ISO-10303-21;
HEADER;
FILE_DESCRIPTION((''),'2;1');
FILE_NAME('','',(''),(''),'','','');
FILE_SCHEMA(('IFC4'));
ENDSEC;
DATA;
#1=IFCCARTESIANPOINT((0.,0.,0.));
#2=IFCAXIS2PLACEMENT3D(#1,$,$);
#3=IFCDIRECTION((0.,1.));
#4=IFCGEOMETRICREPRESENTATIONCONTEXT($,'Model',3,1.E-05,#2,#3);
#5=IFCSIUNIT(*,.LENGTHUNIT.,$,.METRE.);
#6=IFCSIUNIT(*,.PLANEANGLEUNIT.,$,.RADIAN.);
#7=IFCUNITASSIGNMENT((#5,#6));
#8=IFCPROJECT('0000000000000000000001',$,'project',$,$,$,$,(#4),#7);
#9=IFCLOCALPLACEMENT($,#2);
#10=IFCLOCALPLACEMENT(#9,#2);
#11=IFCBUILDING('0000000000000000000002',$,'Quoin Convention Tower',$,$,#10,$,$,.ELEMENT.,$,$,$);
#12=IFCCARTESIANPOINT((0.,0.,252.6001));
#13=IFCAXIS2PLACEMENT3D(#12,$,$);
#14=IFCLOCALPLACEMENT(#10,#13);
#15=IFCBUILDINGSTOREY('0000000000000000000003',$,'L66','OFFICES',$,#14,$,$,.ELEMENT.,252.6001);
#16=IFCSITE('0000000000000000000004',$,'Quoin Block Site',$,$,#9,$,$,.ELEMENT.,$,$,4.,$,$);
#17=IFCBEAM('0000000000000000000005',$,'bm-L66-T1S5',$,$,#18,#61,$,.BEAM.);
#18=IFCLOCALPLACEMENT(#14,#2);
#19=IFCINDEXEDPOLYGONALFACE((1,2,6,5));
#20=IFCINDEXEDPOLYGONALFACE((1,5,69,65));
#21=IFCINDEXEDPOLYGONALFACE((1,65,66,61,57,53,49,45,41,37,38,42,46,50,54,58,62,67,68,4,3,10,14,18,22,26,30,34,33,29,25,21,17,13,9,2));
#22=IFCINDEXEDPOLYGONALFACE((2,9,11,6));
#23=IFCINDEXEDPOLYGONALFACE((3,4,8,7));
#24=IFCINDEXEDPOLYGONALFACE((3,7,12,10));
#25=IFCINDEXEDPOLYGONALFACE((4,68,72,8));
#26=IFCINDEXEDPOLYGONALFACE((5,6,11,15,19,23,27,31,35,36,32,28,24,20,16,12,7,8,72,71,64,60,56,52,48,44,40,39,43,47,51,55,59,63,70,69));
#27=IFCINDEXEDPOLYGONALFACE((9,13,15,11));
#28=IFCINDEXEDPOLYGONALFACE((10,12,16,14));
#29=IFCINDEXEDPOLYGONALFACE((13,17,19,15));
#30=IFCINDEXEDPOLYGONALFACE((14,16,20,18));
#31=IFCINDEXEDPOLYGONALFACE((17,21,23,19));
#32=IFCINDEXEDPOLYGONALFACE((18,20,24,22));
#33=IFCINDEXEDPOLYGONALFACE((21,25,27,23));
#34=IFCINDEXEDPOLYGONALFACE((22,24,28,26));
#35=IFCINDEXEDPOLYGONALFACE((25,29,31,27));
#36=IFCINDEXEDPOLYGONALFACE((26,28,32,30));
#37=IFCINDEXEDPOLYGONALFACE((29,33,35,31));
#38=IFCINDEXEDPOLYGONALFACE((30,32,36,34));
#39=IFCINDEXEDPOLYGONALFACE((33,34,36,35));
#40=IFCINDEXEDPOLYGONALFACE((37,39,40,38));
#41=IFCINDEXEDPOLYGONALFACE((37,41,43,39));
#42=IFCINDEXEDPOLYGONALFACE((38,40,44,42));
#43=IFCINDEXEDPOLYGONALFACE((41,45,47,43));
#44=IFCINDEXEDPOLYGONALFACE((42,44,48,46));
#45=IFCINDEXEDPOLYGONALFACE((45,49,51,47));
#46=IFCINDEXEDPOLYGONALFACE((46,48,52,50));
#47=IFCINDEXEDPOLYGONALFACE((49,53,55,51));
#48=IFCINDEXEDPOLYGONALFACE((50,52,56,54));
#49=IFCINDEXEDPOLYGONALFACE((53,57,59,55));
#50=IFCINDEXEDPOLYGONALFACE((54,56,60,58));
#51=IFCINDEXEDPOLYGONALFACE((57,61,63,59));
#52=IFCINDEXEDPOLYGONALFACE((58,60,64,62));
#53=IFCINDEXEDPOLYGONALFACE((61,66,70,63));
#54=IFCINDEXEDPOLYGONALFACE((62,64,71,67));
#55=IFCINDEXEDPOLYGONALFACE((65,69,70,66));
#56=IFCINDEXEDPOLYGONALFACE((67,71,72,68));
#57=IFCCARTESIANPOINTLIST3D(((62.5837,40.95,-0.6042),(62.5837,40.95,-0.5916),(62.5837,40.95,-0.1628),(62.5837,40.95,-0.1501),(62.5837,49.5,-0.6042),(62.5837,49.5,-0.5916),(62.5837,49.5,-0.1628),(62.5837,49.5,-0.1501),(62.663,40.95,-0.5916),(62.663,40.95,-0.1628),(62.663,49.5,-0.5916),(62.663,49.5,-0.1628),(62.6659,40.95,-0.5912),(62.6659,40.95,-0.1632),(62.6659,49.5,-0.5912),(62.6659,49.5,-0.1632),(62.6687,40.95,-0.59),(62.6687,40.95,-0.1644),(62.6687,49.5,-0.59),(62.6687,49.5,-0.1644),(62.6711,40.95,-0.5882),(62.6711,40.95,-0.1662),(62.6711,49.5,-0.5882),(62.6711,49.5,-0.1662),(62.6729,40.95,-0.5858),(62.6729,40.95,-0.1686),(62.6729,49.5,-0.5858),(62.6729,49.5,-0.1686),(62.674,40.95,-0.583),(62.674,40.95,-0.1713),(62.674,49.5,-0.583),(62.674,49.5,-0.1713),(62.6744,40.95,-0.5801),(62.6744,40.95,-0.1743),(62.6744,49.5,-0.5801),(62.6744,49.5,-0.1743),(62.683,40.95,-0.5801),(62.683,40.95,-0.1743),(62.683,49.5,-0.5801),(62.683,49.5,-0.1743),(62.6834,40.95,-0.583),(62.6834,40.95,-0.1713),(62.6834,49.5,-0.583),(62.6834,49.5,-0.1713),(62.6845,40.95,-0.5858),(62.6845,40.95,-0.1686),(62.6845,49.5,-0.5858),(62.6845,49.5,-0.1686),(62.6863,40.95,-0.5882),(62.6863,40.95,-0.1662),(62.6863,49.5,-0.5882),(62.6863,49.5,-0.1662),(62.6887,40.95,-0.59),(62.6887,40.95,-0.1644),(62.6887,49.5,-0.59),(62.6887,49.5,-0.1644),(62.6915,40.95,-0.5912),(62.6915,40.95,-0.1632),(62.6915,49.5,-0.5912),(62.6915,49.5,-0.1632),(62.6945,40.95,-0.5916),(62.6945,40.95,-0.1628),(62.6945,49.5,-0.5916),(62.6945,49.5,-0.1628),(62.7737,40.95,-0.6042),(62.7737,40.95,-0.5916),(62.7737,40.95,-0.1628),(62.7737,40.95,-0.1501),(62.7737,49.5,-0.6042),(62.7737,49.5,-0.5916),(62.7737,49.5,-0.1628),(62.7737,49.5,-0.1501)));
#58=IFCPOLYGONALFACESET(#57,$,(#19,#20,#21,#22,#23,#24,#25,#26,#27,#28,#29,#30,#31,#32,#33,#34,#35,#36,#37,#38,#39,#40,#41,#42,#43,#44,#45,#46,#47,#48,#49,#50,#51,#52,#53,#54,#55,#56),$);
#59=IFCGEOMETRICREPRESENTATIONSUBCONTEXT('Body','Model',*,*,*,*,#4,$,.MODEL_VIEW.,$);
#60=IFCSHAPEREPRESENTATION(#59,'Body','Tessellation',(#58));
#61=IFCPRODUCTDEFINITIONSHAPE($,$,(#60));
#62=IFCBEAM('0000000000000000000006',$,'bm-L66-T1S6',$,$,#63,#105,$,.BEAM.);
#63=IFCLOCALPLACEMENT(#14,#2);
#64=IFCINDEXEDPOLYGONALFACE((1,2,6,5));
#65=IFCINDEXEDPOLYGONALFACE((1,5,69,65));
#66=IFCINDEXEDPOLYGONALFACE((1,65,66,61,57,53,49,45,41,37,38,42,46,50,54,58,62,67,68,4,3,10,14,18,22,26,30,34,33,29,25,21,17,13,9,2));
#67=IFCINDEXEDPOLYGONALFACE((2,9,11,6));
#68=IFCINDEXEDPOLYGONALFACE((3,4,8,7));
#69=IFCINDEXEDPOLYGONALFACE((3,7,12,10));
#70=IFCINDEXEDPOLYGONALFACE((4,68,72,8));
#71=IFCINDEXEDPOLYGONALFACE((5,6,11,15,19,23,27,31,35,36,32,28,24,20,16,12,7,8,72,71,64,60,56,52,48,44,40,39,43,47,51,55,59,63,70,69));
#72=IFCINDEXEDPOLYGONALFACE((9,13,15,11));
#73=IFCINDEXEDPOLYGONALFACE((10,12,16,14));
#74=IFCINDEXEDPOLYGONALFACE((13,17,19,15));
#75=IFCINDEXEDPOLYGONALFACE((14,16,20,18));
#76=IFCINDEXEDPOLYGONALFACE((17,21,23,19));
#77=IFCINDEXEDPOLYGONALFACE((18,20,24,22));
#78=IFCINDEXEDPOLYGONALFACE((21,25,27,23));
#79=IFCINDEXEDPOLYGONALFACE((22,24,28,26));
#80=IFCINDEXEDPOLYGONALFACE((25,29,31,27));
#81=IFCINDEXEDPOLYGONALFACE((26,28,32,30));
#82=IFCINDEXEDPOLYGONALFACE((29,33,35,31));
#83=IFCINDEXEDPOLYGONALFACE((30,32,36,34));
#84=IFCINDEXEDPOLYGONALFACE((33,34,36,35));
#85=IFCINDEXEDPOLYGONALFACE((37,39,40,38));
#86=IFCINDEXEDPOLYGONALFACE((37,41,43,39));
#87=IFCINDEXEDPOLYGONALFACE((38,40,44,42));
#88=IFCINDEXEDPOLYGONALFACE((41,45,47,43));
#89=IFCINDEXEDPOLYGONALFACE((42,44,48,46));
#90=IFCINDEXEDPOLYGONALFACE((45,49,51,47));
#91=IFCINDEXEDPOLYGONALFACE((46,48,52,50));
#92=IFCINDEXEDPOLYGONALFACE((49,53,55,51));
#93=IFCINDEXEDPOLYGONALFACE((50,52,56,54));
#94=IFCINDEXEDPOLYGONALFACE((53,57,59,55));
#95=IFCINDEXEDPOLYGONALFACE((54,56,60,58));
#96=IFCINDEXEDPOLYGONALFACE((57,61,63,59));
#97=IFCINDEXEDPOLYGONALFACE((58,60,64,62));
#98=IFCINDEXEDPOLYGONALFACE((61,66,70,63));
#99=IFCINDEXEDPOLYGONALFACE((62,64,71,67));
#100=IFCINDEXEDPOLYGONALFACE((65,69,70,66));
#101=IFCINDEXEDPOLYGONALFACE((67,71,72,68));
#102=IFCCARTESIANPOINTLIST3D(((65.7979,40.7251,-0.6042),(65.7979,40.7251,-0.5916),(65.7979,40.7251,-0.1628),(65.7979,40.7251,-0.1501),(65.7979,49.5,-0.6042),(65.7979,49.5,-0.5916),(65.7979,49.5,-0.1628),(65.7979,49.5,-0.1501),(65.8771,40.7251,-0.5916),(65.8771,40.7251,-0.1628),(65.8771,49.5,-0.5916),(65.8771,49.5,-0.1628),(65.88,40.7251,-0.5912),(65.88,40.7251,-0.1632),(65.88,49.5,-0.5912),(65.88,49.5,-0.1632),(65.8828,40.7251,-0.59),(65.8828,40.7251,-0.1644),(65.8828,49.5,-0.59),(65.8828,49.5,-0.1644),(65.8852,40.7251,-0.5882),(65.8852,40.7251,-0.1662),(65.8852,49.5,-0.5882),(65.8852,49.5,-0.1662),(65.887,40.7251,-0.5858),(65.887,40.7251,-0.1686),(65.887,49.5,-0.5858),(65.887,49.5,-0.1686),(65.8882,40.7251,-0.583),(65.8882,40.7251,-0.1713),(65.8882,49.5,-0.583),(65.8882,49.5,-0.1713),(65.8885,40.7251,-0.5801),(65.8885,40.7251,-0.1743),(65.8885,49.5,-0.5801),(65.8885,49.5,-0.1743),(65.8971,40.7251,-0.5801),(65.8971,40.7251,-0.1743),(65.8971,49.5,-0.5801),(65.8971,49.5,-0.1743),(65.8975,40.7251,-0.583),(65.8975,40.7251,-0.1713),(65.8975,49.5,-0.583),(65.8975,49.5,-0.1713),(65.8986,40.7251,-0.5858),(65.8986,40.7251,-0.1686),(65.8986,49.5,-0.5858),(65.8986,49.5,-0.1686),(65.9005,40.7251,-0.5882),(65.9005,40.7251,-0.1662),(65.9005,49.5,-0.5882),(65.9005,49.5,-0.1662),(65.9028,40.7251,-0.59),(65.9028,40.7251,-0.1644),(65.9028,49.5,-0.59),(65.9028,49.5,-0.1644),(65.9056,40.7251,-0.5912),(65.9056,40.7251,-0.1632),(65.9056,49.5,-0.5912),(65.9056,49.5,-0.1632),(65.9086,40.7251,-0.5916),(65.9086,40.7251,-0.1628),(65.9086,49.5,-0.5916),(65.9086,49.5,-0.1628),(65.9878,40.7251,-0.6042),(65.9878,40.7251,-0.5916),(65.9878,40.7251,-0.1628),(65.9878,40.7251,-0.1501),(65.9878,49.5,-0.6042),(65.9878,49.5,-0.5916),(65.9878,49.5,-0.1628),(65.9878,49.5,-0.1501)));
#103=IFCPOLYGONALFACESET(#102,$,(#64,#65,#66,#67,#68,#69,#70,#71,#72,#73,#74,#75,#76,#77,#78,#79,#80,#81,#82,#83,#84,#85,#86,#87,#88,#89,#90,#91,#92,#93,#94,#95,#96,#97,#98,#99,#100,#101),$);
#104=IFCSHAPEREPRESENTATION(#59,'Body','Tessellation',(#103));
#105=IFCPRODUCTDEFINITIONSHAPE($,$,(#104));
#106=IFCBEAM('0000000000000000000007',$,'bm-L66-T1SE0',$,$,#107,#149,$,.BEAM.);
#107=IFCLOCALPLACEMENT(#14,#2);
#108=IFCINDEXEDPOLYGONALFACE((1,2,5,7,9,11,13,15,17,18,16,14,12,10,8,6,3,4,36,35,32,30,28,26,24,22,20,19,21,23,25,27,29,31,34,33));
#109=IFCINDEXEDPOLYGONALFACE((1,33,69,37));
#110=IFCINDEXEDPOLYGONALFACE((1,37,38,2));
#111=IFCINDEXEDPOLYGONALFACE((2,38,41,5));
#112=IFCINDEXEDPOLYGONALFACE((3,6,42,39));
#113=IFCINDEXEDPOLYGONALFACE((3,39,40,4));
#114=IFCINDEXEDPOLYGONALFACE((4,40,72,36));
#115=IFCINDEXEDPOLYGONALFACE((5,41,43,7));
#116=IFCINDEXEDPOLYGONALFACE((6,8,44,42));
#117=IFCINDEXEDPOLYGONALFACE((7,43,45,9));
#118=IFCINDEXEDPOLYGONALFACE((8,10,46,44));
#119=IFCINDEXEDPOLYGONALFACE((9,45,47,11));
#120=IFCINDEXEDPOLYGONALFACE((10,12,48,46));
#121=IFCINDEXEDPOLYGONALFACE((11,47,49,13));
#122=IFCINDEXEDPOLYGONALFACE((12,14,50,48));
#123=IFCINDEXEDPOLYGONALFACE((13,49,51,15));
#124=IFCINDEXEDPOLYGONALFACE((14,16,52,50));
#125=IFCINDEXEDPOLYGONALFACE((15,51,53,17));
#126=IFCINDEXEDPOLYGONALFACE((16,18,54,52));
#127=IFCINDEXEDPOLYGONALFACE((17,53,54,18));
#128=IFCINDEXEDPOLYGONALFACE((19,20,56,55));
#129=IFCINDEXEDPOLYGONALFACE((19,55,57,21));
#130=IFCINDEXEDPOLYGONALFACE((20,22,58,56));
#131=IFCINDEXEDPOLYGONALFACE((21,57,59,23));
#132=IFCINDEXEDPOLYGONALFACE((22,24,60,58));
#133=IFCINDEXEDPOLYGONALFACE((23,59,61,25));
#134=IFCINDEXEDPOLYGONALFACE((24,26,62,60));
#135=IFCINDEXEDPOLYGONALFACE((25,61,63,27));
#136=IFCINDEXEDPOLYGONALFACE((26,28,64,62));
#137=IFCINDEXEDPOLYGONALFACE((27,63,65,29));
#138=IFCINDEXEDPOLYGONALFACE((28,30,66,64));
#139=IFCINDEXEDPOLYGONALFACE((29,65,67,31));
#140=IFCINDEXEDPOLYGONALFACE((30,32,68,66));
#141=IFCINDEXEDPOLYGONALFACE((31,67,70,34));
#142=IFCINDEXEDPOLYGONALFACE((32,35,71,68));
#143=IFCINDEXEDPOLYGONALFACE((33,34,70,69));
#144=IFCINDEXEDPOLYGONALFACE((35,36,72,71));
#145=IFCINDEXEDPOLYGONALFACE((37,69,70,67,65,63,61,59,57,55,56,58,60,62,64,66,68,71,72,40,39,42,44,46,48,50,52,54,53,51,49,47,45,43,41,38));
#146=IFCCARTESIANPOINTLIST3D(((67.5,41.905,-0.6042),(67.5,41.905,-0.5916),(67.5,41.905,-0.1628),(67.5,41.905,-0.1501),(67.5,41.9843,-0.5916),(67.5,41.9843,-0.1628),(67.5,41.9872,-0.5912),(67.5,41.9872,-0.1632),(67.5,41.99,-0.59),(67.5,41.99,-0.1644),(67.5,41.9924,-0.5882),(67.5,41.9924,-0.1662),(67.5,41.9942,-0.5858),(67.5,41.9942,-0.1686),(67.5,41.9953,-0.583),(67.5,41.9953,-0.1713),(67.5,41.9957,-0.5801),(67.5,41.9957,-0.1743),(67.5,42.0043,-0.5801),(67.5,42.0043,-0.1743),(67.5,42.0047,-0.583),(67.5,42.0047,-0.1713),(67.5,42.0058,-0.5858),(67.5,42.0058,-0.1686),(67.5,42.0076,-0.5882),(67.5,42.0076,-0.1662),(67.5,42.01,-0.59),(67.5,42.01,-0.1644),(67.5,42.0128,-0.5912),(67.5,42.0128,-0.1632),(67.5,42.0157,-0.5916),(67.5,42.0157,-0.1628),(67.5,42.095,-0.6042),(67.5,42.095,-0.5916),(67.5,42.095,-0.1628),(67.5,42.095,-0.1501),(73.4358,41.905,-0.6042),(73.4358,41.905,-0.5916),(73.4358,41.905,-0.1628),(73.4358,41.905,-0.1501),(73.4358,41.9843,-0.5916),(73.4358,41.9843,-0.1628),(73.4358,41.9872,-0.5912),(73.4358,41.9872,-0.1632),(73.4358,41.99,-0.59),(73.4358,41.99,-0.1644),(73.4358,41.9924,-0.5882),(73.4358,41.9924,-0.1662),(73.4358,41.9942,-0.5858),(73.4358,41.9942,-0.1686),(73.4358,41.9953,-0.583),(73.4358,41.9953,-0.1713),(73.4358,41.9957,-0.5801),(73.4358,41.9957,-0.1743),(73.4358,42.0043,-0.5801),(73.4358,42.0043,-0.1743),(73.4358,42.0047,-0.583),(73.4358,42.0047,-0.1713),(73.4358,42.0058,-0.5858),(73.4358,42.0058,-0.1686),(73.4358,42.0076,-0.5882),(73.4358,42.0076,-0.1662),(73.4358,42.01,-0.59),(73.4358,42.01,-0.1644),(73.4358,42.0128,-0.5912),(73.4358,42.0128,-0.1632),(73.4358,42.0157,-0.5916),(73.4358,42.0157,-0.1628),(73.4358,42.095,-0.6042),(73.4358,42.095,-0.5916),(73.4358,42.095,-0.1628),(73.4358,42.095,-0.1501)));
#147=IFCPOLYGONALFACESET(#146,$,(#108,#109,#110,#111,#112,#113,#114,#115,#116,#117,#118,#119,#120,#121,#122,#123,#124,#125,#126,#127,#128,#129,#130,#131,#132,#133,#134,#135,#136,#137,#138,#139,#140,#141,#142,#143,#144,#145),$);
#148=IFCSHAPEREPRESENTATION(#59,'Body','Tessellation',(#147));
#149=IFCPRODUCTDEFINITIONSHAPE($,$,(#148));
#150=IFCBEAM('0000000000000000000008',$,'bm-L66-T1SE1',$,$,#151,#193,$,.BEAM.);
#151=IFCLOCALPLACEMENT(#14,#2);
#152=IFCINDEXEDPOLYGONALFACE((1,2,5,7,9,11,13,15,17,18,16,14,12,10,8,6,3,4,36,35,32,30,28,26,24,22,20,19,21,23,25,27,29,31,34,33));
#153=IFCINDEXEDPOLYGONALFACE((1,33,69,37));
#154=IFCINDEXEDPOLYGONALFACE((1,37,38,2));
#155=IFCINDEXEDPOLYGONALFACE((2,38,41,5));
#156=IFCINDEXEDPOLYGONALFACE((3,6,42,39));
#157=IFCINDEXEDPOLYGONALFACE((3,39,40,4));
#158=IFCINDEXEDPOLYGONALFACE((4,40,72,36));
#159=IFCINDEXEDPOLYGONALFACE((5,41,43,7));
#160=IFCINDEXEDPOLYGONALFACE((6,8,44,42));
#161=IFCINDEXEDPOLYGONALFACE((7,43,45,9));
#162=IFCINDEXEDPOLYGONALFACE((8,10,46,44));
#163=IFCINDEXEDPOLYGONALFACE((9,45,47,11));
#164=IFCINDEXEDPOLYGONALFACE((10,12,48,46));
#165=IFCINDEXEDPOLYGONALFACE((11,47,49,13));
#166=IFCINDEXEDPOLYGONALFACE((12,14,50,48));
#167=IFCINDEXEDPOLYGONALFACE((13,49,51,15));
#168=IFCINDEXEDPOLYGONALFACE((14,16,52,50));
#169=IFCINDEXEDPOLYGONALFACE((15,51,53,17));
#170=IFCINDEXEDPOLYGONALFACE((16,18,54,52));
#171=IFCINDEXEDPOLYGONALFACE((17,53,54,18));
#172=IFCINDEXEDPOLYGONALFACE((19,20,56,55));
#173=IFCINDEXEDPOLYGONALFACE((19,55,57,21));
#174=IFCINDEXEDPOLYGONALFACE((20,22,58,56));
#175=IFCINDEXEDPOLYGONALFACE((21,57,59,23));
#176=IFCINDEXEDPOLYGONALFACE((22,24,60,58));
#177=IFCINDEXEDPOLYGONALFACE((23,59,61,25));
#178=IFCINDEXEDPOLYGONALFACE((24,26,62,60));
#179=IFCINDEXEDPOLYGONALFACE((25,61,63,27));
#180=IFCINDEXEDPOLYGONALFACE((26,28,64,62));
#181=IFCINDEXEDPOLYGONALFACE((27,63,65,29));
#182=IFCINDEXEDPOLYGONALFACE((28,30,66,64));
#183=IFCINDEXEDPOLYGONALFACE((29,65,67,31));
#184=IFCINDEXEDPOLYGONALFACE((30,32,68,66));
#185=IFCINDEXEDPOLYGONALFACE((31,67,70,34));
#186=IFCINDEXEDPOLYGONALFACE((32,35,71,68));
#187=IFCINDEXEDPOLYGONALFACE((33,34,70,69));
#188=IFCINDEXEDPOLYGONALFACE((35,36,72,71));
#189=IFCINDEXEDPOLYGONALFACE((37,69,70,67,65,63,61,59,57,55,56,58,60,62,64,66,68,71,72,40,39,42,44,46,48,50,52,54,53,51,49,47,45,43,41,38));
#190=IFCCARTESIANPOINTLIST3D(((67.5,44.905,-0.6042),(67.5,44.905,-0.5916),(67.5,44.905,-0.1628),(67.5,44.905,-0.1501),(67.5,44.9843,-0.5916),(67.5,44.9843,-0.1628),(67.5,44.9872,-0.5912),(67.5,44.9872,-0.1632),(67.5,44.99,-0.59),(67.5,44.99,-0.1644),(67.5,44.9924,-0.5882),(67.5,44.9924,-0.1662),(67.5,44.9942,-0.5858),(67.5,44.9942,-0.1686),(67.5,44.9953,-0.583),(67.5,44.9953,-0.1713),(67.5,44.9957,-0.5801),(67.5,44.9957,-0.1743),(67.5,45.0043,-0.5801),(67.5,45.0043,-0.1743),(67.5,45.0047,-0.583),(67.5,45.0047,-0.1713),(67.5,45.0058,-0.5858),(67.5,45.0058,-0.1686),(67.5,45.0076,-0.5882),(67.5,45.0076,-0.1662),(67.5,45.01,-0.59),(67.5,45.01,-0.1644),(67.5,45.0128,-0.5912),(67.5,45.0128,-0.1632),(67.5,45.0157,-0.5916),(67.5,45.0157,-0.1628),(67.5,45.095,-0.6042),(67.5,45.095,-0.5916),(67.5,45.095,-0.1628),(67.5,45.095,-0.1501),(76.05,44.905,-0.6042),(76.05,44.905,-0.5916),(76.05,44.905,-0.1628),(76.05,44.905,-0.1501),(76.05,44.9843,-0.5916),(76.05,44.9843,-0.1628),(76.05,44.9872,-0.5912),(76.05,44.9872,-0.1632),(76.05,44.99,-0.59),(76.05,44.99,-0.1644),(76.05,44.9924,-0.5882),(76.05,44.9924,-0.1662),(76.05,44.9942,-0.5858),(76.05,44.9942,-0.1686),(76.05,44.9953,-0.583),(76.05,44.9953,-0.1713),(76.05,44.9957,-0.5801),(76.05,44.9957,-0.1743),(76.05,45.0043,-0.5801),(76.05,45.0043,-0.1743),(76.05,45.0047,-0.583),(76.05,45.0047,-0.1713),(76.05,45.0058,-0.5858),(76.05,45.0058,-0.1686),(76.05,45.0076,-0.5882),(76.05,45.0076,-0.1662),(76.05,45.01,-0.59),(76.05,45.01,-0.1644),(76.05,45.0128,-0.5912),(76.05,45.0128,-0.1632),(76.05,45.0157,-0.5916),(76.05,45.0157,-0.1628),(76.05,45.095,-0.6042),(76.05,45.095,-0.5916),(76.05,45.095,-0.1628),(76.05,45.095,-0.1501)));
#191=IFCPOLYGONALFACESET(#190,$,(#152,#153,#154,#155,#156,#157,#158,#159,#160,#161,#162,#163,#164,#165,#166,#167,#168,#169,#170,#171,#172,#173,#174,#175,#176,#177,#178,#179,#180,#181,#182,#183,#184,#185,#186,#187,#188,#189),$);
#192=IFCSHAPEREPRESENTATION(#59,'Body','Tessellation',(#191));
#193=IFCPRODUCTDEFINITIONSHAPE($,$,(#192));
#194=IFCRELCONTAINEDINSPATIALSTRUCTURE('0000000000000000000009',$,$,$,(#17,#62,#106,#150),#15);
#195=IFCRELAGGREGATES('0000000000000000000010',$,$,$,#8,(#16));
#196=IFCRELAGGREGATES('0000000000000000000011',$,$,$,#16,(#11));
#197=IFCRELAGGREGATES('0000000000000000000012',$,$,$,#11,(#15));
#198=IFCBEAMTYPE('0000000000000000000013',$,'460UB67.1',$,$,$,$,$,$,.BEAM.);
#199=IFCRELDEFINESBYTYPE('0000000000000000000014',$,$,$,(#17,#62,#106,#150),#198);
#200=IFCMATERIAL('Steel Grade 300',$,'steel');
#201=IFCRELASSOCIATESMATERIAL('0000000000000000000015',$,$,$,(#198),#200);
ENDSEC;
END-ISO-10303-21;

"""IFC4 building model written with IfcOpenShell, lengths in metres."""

from ifc_helpers import new_model, si_unit, direction, frame, origin, origin_2d, place, context, subcontext, project, spatial, i_section, extrude, material, material_profile, profile_set, type_object, element, save


model = new_model("IFC4")

# Units and contexts
model_context = context("Model", 3, precision=1e-05, world=origin(), true_north=direction((0.0, 1.0)))
body_context = subcontext(model_context, "Body", "Model", "MODEL_VIEW")
ifc_project = project(units=[si_unit("LENGTHUNIT", "METRE"), si_unit("PLANEANGLEUNIT", "RADIAN")], contexts=[model_context])

# Site, building, storey
site_placement = place(None, origin())
site = spatial("IfcSite", under=ifc_project, at=site_placement, Name="Quoin Block Site", CompositionType="ELEMENT", RefElevation=4.0)
building_placement = place(site_placement, origin())
building = spatial("IfcBuilding", under=site, at=building_placement, Name="Quoin Convention Tower", CompositionType="ELEMENT")
storey_placement = place(building_placement, frame((0.0, 0.0, 252.6001)))
storey = spatial("IfcBuildingStorey", under=building, at=storey_placement, Name="L66", Description="OFFICES", CompositionType="ELEMENT", Elevation=252.6001)

# Beams
ifc_material_1 = material(Name="Steel Grade 300", Category="steel")
ifc_material_profile_1 = material_profile(ifc_material_1, i_section(OverallWidth=0.1899, OverallDepth=0.4541, WebThickness=0.0085, FlangeThickness=0.0127, FilletRadius=0.0115, at=origin_2d()), Name="460UB67.1")
ifc_profile_set_1 = profile_set([ifc_material_profile_1], Name="Steel Grade 300")
beam_type_1 = type_object("IfcBeamType", Name="460UB67.1", PredefinedType="BEAM", material=ifc_profile_set_1)
beam_1_placement = place(storey_placement, frame((62.6787, 40.95, -0.3772), z_axis=(0.0, 1.0, 0.0), x_axis=(-1.0, 0.0, 0.0)))
element("IfcBeam", 1, at=beam_1_placement, inside=storey, type_object=beam_type_1, Name="bm-L66-T1S5", PredefinedType="BEAM", context=body_context, shape_type="SweptSolid", body=[
    extrude(i_section(OverallWidth=0.1899, OverallDepth=0.4541, WebThickness=0.0085, FlangeThickness=0.0127, FilletRadius=0.0115, at=origin_2d()), origin(), (0.0, 0.0, 1.0), 8.55),
])
beam_2_placement = place(storey_placement, frame((65.8928, 40.7251, -0.3772), z_axis=(0.0, 1.0, 0.0), x_axis=(-1.0, 0.0, 0.0)))
element("IfcBeam", 2, at=beam_2_placement, inside=storey, type_object=beam_type_1, Name="bm-L66-T1S6", PredefinedType="BEAM", context=body_context, shape_type="SweptSolid", body=[
    extrude(i_section(OverallWidth=0.1899, OverallDepth=0.4541, WebThickness=0.0085, FlangeThickness=0.0127, FilletRadius=0.0115, at=origin_2d()), origin(), (0.0, 0.0, 1.0), 8.7749),
])
beam_3_placement = place(storey_placement, frame((67.5, 42.0, -0.3772), z_axis=(1.0, 0.0, 0.0), x_axis=(0.0, 1.0, 0.0)))
element("IfcBeam", 3, at=beam_3_placement, inside=storey, type_object=beam_type_1, Name="bm-L66-T1SE0", PredefinedType="BEAM", context=body_context, shape_type="SweptSolid", body=[
    extrude(i_section(OverallWidth=0.1899, OverallDepth=0.4541, WebThickness=0.0085, FlangeThickness=0.0127, FilletRadius=0.0115, at=origin_2d()), origin(), (0.0, 0.0, 1.0), 5.9358),
])
beam_4_placement = place(storey_placement, frame((67.5, 45.0, -0.3772), z_axis=(1.0, 0.0, 0.0), x_axis=(0.0, 1.0, 0.0)))
element("IfcBeam", 4, at=beam_4_placement, inside=storey, type_object=beam_type_1, Name="bm-L66-T1SE1", PredefinedType="BEAM", context=body_context, shape_type="SweptSolid", body=[
    extrude(i_section(OverallWidth=0.1899, OverallDepth=0.4541, WebThickness=0.0085, FlangeThickness=0.0127, FilletRadius=0.0115, at=origin_2d()), origin(), (0.0, 0.0, 1.0), 8.55),
])

save(model, "model.ifc")
